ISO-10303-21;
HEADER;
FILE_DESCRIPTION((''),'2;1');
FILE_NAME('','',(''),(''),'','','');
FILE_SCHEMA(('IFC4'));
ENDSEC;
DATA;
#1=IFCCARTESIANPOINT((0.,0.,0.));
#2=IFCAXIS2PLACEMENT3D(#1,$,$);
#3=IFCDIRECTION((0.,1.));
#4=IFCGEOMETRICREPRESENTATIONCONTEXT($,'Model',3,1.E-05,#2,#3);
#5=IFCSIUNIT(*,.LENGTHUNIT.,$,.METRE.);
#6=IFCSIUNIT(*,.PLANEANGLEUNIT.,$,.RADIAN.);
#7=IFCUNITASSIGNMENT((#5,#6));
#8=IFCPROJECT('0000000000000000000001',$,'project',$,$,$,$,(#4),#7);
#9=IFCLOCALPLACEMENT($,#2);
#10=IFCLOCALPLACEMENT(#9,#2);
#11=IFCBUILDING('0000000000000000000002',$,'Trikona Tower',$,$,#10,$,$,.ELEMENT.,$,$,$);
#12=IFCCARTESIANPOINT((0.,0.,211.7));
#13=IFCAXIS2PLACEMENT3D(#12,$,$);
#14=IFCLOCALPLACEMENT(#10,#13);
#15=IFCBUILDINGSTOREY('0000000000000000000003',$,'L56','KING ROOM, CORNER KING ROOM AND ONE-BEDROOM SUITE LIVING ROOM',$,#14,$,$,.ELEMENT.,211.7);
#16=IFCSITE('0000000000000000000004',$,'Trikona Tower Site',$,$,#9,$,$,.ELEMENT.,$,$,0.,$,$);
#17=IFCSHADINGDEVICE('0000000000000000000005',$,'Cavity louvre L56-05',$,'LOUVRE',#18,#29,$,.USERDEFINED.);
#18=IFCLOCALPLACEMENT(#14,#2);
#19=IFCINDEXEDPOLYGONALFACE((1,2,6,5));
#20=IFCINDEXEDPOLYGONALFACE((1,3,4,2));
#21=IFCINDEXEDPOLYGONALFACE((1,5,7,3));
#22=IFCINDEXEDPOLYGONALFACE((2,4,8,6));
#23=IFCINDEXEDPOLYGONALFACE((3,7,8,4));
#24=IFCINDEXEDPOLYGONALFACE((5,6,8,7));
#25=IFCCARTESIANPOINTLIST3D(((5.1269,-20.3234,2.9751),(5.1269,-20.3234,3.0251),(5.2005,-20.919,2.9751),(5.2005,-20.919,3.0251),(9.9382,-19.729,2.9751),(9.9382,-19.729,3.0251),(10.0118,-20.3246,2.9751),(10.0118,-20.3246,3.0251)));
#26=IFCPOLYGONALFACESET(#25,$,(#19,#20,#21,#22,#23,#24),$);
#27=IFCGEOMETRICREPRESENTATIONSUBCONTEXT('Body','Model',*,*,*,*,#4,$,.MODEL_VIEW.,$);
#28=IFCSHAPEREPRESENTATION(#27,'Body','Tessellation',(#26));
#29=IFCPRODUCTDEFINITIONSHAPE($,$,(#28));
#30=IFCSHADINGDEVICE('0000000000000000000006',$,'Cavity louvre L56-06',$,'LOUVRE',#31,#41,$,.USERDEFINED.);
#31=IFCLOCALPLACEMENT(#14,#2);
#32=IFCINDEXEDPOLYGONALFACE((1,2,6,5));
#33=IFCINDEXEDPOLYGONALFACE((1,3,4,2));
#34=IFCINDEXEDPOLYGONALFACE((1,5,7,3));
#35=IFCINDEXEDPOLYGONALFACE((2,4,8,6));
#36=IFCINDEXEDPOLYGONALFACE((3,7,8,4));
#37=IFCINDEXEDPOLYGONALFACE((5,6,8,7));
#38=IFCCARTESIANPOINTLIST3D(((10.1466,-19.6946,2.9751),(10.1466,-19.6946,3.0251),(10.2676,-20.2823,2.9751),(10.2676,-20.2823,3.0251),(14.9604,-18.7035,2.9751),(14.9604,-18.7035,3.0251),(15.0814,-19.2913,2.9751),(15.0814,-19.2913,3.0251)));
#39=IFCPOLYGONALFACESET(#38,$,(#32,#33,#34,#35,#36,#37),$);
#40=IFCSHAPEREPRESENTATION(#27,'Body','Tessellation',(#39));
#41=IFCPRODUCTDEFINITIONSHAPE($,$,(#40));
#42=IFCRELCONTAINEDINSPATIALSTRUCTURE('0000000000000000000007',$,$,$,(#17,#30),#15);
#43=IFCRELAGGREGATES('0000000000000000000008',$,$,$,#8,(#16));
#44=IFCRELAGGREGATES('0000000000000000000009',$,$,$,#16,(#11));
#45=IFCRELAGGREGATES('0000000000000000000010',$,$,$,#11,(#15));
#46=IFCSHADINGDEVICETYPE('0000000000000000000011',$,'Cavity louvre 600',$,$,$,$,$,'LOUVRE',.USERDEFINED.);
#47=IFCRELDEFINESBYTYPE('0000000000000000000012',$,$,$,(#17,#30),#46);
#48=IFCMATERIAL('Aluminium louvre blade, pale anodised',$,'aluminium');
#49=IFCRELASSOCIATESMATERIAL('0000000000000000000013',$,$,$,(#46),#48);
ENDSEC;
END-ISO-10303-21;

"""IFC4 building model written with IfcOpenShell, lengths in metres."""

from ifc_helpers import new_model, si_unit, direction, frame, origin, origin_2d, place, context, subcontext, project, spatial, rectangle, extrude, material, type_object, element, save


model = new_model("IFC4")

# Units and contexts
model_context = context("Model", 3, precision=1e-05, world=origin(), true_north=direction((0.0, 1.0)))
body_context = subcontext(model_context, "Body", "Model", "MODEL_VIEW")
ifc_project = project(units=[si_unit("LENGTHUNIT", "METRE"), si_unit("PLANEANGLEUNIT", "RADIAN")], contexts=[model_context])

# Site, building, storey
site_placement = place(None, origin())
site = spatial("IfcSite", under=ifc_project, at=site_placement, Name="Trikona Tower Site", CompositionType="ELEMENT", RefElevation=0.0)
building_placement = place(site_placement, origin())
building = spatial("IfcBuilding", under=site, at=building_placement, Name="Trikona Tower", CompositionType="ELEMENT")
storey_placement = place(building_placement, frame((0.0, 0.0, 211.7)))
storey = spatial("IfcBuildingStorey", under=building, at=storey_placement, Name="L56", Description="KING ROOM, CORNER KING ROOM AND ONE-BEDROOM SUITE LIVING ROOM", CompositionType="ELEMENT", Elevation=211.7)

# Shading devices
ifc_material_1 = material(Name="Aluminium louvre blade, pale anodised", Category="aluminium")
shading_device_type = type_object("IfcShadingDeviceType", Name="Cavity louvre 600", ElementType="LOUVRE", PredefinedType="USERDEFINED", material=ifc_material_1)
shading_device_1_placement = place(storey_placement, frame((7.5693, -20.324, 2.9751), z_axis=(0.0, 0.0, 1.0), x_axis=(0.992455, 0.122607, 0.0)))
element("IfcShadingDevice", 1, at=shading_device_1_placement, inside=storey, type_object=shading_device_type, Name="Cavity louvre L56-05", ObjectType="LOUVRE", PredefinedType="USERDEFINED", context=body_context, shape_type="SweptSolid", body=[
    extrude(rectangle(XDim=4.8479, YDim=0.6001, at=origin_2d()), origin(), (0.0, 0.0, 1.0), 0.05),
])
shading_device_2_placement = place(storey_placement, frame((12.614, -19.4929, 2.9751), z_axis=(0.0, 0.0, 1.0), x_axis=(0.979458, 0.201651, 0.0)))
element("IfcShadingDevice", 2, at=shading_device_2_placement, inside=storey, type_object=shading_device_type, Name="Cavity louvre L56-06", ObjectType="LOUVRE", PredefinedType="USERDEFINED", context=body_context, shape_type="SweptSolid", body=[
    extrude(rectangle(XDim=4.9148, YDim=0.6001, at=origin_2d()), origin(), (0.0, 0.0, 1.0), 0.05),
])

save(model, "model.ifc")
